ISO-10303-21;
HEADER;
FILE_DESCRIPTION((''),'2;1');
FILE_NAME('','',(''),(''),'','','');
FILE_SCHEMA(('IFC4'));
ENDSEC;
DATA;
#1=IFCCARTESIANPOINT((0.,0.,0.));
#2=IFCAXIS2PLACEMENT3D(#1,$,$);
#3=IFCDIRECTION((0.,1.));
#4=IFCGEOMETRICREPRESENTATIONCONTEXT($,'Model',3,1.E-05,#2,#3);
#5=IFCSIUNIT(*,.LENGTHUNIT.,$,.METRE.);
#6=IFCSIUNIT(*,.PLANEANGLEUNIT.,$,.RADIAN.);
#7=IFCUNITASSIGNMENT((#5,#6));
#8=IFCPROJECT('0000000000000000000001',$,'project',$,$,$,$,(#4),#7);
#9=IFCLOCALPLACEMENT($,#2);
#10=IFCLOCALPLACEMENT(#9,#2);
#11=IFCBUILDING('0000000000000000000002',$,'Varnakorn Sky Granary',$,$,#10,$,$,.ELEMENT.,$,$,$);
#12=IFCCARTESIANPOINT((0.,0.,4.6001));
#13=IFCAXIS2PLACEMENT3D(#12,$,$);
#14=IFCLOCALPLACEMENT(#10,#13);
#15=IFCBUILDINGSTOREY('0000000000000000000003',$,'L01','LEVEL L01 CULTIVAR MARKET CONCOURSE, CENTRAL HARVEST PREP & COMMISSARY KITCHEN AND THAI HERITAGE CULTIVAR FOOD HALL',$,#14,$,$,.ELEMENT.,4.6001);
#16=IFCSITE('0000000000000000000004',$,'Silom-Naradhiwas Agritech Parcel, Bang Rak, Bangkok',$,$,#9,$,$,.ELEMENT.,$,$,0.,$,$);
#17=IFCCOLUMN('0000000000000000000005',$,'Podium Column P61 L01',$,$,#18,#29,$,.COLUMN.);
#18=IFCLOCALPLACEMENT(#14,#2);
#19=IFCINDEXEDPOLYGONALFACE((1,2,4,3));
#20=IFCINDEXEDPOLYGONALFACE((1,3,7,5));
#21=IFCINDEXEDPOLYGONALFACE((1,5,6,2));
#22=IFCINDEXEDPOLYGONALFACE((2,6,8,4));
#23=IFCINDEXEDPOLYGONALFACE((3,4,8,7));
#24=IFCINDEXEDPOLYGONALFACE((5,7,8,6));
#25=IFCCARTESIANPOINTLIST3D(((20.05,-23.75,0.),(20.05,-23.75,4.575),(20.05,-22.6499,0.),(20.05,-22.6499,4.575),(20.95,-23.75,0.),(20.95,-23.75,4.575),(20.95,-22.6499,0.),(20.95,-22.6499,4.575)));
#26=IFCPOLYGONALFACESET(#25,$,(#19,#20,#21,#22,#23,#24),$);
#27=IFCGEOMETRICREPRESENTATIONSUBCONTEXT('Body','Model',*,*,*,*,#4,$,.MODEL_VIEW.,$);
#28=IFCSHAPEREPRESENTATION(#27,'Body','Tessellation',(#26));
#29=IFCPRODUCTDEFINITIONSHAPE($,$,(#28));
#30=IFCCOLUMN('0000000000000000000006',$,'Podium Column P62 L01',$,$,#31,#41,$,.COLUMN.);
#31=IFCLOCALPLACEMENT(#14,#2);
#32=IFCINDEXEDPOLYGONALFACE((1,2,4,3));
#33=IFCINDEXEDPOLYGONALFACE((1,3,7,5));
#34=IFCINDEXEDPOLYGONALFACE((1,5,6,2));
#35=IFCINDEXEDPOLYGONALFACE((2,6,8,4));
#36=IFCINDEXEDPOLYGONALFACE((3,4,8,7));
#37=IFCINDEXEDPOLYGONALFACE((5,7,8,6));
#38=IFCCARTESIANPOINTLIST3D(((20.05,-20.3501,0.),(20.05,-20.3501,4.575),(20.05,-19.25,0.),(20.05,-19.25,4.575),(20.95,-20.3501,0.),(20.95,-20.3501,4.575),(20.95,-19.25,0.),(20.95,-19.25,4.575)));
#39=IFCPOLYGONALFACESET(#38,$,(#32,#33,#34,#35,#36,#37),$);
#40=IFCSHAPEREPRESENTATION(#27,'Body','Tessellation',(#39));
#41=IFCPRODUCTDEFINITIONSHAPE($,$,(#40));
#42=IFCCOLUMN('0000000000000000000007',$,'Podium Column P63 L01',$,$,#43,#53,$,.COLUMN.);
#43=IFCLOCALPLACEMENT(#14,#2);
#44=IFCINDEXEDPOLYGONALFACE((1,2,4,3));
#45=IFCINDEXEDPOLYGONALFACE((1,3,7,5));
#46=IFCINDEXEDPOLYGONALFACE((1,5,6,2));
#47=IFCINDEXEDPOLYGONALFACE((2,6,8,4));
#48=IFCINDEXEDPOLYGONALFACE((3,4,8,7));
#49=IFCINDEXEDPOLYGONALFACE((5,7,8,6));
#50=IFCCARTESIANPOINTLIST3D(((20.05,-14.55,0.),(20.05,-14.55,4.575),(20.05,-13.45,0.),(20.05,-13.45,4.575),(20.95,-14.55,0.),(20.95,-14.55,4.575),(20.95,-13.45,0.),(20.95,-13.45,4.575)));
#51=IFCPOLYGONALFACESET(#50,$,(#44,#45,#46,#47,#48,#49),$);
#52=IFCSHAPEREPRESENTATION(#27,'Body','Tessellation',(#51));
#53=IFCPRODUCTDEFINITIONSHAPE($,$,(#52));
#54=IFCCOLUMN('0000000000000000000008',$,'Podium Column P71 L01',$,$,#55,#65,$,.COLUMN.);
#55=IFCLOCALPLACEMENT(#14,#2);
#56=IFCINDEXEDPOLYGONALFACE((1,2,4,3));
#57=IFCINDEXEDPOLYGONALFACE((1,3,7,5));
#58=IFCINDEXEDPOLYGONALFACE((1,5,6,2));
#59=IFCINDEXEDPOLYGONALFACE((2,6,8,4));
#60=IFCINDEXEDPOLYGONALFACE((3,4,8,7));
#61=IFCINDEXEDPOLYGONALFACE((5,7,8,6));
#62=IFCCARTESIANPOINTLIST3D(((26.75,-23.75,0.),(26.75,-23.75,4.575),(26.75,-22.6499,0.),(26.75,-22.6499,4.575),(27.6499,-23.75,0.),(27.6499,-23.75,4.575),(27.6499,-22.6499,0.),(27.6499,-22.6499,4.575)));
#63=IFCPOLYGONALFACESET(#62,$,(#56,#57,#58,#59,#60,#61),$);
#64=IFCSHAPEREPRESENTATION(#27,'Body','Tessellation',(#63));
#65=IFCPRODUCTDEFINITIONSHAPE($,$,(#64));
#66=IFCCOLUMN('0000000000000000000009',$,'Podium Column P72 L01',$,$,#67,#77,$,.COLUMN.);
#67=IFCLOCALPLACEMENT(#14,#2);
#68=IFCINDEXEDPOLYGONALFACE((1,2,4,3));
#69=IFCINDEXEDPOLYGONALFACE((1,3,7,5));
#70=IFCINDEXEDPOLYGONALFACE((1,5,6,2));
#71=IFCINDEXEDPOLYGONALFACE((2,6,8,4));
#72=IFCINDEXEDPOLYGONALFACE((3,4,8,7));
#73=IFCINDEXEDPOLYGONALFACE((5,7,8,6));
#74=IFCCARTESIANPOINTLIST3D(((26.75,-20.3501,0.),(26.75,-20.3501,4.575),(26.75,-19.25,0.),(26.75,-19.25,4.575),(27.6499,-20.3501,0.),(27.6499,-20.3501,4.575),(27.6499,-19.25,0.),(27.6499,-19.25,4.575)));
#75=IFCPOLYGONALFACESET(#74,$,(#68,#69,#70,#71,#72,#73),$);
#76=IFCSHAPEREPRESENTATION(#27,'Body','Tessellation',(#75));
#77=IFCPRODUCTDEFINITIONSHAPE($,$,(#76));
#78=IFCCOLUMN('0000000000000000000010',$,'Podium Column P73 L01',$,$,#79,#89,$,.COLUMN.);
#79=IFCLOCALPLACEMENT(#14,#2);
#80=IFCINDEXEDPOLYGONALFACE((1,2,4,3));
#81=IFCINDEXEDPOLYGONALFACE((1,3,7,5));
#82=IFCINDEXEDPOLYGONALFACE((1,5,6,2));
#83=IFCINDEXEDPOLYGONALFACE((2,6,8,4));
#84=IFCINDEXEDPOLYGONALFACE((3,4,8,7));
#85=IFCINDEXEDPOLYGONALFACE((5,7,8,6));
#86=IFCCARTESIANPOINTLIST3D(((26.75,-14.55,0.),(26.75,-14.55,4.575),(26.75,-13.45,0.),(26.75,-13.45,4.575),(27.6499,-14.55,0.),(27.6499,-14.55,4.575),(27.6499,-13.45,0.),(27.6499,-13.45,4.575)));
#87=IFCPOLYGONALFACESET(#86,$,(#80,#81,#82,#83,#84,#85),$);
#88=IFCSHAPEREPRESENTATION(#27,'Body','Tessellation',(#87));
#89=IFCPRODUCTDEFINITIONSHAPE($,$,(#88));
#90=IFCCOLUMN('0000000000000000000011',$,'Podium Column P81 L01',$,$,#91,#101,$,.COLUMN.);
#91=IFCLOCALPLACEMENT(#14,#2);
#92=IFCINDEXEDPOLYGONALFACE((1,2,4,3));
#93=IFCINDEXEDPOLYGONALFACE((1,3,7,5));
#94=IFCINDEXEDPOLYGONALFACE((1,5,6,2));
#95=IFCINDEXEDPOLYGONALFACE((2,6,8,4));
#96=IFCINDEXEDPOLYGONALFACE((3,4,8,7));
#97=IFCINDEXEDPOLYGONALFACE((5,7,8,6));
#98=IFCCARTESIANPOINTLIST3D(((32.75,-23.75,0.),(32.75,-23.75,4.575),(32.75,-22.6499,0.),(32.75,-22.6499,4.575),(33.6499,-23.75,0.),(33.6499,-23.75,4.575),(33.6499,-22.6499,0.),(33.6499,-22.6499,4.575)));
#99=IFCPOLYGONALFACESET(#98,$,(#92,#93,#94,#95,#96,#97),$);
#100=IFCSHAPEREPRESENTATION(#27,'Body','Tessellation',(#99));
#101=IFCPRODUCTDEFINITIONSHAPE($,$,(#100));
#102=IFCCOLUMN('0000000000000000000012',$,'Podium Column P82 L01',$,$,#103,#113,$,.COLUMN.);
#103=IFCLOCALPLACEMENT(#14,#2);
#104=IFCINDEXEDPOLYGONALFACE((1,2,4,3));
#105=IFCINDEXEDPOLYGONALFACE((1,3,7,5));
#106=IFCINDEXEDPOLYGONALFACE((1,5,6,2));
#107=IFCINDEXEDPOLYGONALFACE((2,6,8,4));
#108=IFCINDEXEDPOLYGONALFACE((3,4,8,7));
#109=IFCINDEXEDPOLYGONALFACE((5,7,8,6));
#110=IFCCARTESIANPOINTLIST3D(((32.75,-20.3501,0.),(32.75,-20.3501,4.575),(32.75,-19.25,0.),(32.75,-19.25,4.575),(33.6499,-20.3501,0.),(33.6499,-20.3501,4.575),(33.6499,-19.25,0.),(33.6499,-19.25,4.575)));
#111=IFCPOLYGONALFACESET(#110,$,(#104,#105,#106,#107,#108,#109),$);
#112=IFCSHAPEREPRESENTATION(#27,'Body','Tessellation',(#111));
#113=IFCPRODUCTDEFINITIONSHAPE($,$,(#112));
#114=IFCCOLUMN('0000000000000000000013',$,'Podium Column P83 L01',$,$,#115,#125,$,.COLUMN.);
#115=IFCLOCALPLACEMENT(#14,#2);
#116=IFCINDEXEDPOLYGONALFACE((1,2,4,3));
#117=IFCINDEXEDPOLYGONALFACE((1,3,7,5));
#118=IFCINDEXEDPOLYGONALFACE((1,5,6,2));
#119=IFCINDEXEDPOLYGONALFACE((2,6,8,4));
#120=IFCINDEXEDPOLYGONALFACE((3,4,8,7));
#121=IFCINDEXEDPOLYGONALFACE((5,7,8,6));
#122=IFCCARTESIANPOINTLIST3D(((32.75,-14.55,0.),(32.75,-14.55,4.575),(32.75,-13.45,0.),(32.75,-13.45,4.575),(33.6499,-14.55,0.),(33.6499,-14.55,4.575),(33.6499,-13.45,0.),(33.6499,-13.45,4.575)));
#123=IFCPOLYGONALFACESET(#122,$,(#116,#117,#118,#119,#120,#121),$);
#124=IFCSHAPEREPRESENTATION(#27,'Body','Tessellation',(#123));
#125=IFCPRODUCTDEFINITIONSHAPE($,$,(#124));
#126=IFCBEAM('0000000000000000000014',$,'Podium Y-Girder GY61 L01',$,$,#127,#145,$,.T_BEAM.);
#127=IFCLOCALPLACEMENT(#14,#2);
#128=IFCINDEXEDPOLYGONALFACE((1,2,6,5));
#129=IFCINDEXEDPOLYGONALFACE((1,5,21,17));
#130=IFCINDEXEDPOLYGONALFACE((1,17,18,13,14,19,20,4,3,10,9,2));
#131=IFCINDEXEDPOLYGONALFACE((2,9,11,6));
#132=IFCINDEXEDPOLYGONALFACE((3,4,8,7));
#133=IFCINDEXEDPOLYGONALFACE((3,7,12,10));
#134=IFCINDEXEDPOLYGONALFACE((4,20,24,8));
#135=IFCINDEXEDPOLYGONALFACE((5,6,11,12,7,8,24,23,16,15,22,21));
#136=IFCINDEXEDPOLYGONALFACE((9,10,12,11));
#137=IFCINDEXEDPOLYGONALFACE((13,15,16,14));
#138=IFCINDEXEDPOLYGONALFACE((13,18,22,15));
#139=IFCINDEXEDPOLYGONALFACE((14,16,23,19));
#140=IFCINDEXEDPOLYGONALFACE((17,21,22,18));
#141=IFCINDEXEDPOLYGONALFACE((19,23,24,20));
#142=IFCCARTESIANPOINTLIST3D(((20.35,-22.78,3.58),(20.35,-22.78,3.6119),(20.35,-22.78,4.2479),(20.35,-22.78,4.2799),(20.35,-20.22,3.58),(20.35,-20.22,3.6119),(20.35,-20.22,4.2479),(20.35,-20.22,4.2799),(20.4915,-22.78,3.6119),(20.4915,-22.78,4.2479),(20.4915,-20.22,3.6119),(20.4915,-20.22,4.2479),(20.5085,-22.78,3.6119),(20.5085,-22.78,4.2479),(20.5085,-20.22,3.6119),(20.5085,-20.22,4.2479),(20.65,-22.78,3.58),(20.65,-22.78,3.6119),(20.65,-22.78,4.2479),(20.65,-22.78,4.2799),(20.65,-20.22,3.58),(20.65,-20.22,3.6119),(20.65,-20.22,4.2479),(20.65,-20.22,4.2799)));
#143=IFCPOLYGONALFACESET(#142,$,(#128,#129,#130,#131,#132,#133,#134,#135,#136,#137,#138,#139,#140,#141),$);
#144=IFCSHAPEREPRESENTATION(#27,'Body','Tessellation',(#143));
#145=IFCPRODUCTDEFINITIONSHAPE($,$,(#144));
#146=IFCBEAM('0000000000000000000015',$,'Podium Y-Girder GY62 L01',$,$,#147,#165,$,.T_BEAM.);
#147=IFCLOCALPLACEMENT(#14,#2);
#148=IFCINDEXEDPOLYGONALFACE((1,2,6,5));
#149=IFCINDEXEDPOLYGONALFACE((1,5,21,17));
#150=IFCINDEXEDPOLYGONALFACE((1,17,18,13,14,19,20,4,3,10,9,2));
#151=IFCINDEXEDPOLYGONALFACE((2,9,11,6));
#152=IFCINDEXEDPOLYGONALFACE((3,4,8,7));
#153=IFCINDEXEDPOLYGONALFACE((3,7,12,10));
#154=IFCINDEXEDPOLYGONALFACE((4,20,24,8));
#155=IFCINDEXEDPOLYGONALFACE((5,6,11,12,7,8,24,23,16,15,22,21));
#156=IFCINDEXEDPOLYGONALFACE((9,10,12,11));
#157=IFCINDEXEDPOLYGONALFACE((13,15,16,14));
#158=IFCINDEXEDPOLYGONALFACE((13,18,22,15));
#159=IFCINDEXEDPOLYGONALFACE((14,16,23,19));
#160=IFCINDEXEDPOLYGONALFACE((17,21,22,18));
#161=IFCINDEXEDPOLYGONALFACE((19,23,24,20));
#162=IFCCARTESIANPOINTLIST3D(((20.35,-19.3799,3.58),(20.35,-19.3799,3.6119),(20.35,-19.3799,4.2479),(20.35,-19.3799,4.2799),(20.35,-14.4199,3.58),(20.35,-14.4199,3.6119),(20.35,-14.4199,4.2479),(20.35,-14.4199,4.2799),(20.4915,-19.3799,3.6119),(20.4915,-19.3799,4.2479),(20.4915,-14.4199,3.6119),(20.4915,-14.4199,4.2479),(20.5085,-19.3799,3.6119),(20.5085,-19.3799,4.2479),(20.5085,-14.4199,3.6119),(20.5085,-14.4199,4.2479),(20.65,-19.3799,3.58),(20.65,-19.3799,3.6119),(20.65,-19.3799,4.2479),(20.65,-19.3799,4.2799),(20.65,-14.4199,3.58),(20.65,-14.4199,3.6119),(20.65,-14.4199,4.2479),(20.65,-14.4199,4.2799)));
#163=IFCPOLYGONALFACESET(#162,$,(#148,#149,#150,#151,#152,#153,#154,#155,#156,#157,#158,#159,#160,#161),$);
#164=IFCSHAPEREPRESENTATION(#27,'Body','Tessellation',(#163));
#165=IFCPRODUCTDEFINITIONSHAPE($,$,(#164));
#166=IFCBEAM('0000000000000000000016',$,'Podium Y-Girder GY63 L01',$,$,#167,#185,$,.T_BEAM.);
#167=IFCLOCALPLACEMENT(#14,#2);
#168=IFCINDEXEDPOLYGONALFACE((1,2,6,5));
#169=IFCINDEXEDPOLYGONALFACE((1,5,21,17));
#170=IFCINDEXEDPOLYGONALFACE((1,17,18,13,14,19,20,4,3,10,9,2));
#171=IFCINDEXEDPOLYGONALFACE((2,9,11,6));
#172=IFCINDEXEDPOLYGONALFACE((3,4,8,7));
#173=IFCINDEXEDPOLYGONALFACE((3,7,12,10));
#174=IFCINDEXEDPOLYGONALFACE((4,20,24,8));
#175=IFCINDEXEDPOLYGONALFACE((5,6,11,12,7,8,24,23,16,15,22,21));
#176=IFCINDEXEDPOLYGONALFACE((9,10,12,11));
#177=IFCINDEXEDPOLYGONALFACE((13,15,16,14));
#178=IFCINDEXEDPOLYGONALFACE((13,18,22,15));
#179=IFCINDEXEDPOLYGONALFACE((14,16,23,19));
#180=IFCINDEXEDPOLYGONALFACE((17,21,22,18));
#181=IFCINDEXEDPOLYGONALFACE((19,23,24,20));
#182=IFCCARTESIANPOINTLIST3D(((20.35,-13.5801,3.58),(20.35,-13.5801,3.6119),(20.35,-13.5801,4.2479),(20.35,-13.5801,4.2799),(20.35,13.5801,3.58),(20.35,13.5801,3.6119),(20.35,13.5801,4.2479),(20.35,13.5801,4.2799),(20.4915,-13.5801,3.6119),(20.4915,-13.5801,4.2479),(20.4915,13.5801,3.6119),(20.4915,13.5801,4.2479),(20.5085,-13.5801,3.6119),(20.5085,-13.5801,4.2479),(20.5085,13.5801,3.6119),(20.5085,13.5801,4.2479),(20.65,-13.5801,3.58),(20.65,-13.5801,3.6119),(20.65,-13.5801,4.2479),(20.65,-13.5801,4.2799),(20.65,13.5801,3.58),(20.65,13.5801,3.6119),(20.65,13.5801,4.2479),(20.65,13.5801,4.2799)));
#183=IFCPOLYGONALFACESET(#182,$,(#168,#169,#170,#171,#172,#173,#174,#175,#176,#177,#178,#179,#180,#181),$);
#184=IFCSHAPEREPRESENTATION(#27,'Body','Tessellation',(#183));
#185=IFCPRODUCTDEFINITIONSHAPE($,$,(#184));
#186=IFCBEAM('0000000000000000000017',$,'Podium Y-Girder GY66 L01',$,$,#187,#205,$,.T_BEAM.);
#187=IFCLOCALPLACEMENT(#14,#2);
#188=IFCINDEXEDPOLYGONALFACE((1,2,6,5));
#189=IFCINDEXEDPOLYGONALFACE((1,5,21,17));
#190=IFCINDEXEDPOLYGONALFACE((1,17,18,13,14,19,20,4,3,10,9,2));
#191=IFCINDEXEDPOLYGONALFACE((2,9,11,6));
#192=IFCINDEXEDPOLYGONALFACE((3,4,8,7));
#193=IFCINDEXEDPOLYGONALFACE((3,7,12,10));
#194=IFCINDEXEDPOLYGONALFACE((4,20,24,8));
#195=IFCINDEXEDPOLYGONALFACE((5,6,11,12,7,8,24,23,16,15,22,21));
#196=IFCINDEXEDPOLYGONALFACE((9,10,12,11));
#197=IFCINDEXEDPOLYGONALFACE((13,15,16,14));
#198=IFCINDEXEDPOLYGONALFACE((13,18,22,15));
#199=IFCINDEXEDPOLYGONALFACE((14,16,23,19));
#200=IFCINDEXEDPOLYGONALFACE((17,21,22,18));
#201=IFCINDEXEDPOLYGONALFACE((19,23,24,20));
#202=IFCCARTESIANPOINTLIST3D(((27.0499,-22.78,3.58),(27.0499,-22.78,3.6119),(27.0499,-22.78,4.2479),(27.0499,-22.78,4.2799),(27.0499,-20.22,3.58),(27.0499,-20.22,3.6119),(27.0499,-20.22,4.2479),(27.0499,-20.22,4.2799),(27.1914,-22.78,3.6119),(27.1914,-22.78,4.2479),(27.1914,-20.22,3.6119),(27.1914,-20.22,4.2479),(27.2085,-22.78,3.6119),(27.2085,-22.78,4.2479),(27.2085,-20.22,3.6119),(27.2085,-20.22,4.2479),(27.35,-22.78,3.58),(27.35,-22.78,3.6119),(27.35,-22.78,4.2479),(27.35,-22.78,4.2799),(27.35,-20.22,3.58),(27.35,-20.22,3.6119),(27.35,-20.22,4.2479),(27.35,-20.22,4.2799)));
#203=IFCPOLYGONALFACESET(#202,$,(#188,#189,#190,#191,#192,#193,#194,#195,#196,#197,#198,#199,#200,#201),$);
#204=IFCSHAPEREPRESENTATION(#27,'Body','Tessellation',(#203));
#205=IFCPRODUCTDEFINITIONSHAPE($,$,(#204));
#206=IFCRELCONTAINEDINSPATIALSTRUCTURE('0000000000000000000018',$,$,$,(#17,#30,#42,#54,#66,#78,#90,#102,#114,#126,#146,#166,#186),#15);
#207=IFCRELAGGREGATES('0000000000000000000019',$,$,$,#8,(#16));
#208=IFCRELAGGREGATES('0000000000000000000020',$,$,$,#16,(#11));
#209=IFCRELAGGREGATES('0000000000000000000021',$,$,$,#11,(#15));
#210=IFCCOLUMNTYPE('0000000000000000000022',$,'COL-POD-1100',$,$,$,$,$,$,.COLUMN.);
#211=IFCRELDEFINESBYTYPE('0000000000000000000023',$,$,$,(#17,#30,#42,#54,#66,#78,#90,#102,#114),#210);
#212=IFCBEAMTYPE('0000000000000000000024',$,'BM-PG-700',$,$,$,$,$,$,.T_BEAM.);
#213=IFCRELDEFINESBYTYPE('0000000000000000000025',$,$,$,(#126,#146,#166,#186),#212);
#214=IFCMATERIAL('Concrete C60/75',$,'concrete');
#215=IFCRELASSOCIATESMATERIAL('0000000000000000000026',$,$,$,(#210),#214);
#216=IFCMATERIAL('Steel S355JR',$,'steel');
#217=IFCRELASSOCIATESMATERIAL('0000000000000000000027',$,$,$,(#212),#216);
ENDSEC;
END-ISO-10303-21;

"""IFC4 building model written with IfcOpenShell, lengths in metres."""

from ifc_helpers import new_model, si_unit, direction, frame, origin, origin_2d, place, context, subcontext, project, spatial, rectangle, i_section, extrude, material, material_profile, profile_set, type_object, element, save


model = new_model("IFC4")

# Units and contexts
model_context = context("Model", 3, precision=1e-05, world=origin(), true_north=direction((0.0, 1.0)))
body_context = subcontext(model_context, "Body", "Model", "MODEL_VIEW")
ifc_project = project(units=[si_unit("LENGTHUNIT", "METRE"), si_unit("PLANEANGLEUNIT", "RADIAN")], contexts=[model_context])

# Site, building, storey
site_placement = place(None, origin())
site = spatial("IfcSite", under=ifc_project, at=site_placement, Name="Silom-Naradhiwas Agritech Parcel, Bang Rak, Bangkok", CompositionType="ELEMENT", RefElevation=0.0)
building_placement = place(site_placement, origin())
building = spatial("IfcBuilding", under=site, at=building_placement, Name="Varnakorn Sky Granary", CompositionType="ELEMENT")
storey_placement = place(building_placement, frame((0.0, 0.0, 4.6001)))
storey = spatial("IfcBuildingStorey", under=building, at=storey_placement, Name="L01", Description="LEVEL L01 CULTIVAR MARKET CONCOURSE, CENTRAL HARVEST PREP & COMMISSARY KITCHEN AND THAI HERITAGE CULTIVAR FOOD HALL", CompositionType="ELEMENT", Elevation=4.6001)

# Columns
ifc_material_1 = material(Name="Concrete C60/75", Category="concrete")
ifc_material_profile_1 = material_profile(ifc_material_1, rectangle(XDim=0.8999, YDim=1.1001, at=origin_2d()), Name="RC 900x1100")
ifc_profile_set_1 = profile_set([ifc_material_profile_1], Name="Concrete C60/75")
column_type = type_object("IfcColumnType", Name="COL-POD-1100", PredefinedType="COLUMN", material=ifc_profile_set_1)
for number, where, z_axis, x_axis, name in (
    (1, (20.5, -23.2, 0.0), (0.0, 0.0, 1.0), (1.0, 0.0, 0.0), "Podium Column P61 L01"),
    (2, (20.5, -19.8, 0.0), (0.0, 0.0, 1.0), (1.0, 0.0, 0.0), "Podium Column P62 L01"),
    (3, (20.5, -14.0, 0.0), (0.0, 0.0, 1.0), (1.0, 0.0, 0.0), "Podium Column P63 L01"),
    (4, (27.2, -23.2, 0.0), (0.0, 0.0, 1.0), (1.0, 0.0, 0.0), "Podium Column P71 L01"),
    (5, (27.2, -19.8, 0.0), (0.0, 0.0, 1.0), (1.0, 0.0, 0.0), "Podium Column P72 L01"),
    (6, (27.2, -14.0, 0.0), (0.0, 0.0, 1.0), (1.0, 0.0, 0.0), "Podium Column P73 L01"),
    (7, (33.2, -23.2, 0.0), (0.0, 0.0, 1.0), (1.0, 0.0, 0.0), "Podium Column P81 L01"),
    (8, (33.2, -19.8, 0.0), (0.0, 0.0, 1.0), (1.0, 0.0, 0.0), "Podium Column P82 L01"),
    (9, (33.2, -14.0, 0.0), (0.0, 0.0, 1.0), (1.0, 0.0, 0.0), "Podium Column P83 L01"),
):
    element("IfcColumn", number, at=place(storey_placement, frame(where, z_axis=z_axis, x_axis=x_axis)), inside=storey, type_object=column_type, Name=name, PredefinedType="COLUMN", context=body_context, shape_type="SweptSolid", body=[
        extrude(rectangle(XDim=0.8999, YDim=1.1001, at=origin_2d()), origin(), (0.0, 0.0, 1.0), 4.575),
    ])

# Beams
ifc_material_2 = material(Name="Steel S355JR", Category="steel")
ifc_material_profile_2 = material_profile(ifc_material_2, i_section(OverallWidth=0.3, OverallDepth=0.7, WebThickness=0.0171, FlangeThickness=0.032, at=origin_2d()), Name="HE 700 B")
ifc_profile_set_2 = profile_set([ifc_material_profile_2], Name="Steel S355JR")
beam_type_1 = type_object("IfcBeamType", Name="BM-PG-700", PredefinedType="T_BEAM", material=ifc_profile_set_2)
beam_1_placement = place(storey_placement, frame((20.5, -22.78, 3.9299), z_axis=(0.0, 1.0, 0.0), x_axis=(-1.0, 0.0, 0.0)))
element("IfcBeam", 10, at=beam_1_placement, inside=storey, type_object=beam_type_1, Name="Podium Y-Girder GY61 L01", PredefinedType="T_BEAM", context=body_context, shape_type="SweptSolid", body=[
    extrude(i_section(OverallWidth=0.3, OverallDepth=0.7, WebThickness=0.0171, FlangeThickness=0.032, at=origin_2d()), origin(), (0.0, 0.0, 1.0), 2.5601),
])
beam_2_placement = place(storey_placement, frame((20.5, -19.3799, 3.9299), z_axis=(0.0, 1.0, 0.0), x_axis=(-1.0, 0.0, 0.0)))
element("IfcBeam", 11, at=beam_2_placement, inside=storey, type_object=beam_type_1, Name="Podium Y-Girder GY62 L01", PredefinedType="T_BEAM", context=body_context, shape_type="SweptSolid", body=[
    extrude(i_section(OverallWidth=0.3, OverallDepth=0.7, WebThickness=0.0171, FlangeThickness=0.032, at=origin_2d()), origin(), (0.0, 0.0, 1.0), 4.96),
])
beam_3_placement = place(storey_placement, frame((20.5, -13.5801, 3.9299), z_axis=(0.0, 1.0, 0.0), x_axis=(-1.0, 0.0, 0.0)))
element("IfcBeam", 12, at=beam_3_placement, inside=storey, type_object=beam_type_1, Name="Podium Y-Girder GY63 L01", PredefinedType="T_BEAM", context=body_context, shape_type="SweptSolid", body=[
    extrude(i_section(OverallWidth=0.3, OverallDepth=0.7, WebThickness=0.0171, FlangeThickness=0.032, at=origin_2d()), origin(), (0.0, 0.0, 1.0), 27.1602),
])
beam_4_placement = place(storey_placement, frame((27.2, -22.78, 3.9299), z_axis=(0.0, 1.0, 0.0), x_axis=(-1.0, 0.0, 0.0)))
element("IfcBeam", 13, at=beam_4_placement, inside=storey, type_object=beam_type_1, Name="Podium Y-Girder GY66 L01", PredefinedType="T_BEAM", context=body_context, shape_type="SweptSolid", body=[
    extrude(i_section(OverallWidth=0.3, OverallDepth=0.7, WebThickness=0.0171, FlangeThickness=0.032, at=origin_2d()), origin(), (0.0, 0.0, 1.0), 2.5601),
])

save(model, "model.ifc")
